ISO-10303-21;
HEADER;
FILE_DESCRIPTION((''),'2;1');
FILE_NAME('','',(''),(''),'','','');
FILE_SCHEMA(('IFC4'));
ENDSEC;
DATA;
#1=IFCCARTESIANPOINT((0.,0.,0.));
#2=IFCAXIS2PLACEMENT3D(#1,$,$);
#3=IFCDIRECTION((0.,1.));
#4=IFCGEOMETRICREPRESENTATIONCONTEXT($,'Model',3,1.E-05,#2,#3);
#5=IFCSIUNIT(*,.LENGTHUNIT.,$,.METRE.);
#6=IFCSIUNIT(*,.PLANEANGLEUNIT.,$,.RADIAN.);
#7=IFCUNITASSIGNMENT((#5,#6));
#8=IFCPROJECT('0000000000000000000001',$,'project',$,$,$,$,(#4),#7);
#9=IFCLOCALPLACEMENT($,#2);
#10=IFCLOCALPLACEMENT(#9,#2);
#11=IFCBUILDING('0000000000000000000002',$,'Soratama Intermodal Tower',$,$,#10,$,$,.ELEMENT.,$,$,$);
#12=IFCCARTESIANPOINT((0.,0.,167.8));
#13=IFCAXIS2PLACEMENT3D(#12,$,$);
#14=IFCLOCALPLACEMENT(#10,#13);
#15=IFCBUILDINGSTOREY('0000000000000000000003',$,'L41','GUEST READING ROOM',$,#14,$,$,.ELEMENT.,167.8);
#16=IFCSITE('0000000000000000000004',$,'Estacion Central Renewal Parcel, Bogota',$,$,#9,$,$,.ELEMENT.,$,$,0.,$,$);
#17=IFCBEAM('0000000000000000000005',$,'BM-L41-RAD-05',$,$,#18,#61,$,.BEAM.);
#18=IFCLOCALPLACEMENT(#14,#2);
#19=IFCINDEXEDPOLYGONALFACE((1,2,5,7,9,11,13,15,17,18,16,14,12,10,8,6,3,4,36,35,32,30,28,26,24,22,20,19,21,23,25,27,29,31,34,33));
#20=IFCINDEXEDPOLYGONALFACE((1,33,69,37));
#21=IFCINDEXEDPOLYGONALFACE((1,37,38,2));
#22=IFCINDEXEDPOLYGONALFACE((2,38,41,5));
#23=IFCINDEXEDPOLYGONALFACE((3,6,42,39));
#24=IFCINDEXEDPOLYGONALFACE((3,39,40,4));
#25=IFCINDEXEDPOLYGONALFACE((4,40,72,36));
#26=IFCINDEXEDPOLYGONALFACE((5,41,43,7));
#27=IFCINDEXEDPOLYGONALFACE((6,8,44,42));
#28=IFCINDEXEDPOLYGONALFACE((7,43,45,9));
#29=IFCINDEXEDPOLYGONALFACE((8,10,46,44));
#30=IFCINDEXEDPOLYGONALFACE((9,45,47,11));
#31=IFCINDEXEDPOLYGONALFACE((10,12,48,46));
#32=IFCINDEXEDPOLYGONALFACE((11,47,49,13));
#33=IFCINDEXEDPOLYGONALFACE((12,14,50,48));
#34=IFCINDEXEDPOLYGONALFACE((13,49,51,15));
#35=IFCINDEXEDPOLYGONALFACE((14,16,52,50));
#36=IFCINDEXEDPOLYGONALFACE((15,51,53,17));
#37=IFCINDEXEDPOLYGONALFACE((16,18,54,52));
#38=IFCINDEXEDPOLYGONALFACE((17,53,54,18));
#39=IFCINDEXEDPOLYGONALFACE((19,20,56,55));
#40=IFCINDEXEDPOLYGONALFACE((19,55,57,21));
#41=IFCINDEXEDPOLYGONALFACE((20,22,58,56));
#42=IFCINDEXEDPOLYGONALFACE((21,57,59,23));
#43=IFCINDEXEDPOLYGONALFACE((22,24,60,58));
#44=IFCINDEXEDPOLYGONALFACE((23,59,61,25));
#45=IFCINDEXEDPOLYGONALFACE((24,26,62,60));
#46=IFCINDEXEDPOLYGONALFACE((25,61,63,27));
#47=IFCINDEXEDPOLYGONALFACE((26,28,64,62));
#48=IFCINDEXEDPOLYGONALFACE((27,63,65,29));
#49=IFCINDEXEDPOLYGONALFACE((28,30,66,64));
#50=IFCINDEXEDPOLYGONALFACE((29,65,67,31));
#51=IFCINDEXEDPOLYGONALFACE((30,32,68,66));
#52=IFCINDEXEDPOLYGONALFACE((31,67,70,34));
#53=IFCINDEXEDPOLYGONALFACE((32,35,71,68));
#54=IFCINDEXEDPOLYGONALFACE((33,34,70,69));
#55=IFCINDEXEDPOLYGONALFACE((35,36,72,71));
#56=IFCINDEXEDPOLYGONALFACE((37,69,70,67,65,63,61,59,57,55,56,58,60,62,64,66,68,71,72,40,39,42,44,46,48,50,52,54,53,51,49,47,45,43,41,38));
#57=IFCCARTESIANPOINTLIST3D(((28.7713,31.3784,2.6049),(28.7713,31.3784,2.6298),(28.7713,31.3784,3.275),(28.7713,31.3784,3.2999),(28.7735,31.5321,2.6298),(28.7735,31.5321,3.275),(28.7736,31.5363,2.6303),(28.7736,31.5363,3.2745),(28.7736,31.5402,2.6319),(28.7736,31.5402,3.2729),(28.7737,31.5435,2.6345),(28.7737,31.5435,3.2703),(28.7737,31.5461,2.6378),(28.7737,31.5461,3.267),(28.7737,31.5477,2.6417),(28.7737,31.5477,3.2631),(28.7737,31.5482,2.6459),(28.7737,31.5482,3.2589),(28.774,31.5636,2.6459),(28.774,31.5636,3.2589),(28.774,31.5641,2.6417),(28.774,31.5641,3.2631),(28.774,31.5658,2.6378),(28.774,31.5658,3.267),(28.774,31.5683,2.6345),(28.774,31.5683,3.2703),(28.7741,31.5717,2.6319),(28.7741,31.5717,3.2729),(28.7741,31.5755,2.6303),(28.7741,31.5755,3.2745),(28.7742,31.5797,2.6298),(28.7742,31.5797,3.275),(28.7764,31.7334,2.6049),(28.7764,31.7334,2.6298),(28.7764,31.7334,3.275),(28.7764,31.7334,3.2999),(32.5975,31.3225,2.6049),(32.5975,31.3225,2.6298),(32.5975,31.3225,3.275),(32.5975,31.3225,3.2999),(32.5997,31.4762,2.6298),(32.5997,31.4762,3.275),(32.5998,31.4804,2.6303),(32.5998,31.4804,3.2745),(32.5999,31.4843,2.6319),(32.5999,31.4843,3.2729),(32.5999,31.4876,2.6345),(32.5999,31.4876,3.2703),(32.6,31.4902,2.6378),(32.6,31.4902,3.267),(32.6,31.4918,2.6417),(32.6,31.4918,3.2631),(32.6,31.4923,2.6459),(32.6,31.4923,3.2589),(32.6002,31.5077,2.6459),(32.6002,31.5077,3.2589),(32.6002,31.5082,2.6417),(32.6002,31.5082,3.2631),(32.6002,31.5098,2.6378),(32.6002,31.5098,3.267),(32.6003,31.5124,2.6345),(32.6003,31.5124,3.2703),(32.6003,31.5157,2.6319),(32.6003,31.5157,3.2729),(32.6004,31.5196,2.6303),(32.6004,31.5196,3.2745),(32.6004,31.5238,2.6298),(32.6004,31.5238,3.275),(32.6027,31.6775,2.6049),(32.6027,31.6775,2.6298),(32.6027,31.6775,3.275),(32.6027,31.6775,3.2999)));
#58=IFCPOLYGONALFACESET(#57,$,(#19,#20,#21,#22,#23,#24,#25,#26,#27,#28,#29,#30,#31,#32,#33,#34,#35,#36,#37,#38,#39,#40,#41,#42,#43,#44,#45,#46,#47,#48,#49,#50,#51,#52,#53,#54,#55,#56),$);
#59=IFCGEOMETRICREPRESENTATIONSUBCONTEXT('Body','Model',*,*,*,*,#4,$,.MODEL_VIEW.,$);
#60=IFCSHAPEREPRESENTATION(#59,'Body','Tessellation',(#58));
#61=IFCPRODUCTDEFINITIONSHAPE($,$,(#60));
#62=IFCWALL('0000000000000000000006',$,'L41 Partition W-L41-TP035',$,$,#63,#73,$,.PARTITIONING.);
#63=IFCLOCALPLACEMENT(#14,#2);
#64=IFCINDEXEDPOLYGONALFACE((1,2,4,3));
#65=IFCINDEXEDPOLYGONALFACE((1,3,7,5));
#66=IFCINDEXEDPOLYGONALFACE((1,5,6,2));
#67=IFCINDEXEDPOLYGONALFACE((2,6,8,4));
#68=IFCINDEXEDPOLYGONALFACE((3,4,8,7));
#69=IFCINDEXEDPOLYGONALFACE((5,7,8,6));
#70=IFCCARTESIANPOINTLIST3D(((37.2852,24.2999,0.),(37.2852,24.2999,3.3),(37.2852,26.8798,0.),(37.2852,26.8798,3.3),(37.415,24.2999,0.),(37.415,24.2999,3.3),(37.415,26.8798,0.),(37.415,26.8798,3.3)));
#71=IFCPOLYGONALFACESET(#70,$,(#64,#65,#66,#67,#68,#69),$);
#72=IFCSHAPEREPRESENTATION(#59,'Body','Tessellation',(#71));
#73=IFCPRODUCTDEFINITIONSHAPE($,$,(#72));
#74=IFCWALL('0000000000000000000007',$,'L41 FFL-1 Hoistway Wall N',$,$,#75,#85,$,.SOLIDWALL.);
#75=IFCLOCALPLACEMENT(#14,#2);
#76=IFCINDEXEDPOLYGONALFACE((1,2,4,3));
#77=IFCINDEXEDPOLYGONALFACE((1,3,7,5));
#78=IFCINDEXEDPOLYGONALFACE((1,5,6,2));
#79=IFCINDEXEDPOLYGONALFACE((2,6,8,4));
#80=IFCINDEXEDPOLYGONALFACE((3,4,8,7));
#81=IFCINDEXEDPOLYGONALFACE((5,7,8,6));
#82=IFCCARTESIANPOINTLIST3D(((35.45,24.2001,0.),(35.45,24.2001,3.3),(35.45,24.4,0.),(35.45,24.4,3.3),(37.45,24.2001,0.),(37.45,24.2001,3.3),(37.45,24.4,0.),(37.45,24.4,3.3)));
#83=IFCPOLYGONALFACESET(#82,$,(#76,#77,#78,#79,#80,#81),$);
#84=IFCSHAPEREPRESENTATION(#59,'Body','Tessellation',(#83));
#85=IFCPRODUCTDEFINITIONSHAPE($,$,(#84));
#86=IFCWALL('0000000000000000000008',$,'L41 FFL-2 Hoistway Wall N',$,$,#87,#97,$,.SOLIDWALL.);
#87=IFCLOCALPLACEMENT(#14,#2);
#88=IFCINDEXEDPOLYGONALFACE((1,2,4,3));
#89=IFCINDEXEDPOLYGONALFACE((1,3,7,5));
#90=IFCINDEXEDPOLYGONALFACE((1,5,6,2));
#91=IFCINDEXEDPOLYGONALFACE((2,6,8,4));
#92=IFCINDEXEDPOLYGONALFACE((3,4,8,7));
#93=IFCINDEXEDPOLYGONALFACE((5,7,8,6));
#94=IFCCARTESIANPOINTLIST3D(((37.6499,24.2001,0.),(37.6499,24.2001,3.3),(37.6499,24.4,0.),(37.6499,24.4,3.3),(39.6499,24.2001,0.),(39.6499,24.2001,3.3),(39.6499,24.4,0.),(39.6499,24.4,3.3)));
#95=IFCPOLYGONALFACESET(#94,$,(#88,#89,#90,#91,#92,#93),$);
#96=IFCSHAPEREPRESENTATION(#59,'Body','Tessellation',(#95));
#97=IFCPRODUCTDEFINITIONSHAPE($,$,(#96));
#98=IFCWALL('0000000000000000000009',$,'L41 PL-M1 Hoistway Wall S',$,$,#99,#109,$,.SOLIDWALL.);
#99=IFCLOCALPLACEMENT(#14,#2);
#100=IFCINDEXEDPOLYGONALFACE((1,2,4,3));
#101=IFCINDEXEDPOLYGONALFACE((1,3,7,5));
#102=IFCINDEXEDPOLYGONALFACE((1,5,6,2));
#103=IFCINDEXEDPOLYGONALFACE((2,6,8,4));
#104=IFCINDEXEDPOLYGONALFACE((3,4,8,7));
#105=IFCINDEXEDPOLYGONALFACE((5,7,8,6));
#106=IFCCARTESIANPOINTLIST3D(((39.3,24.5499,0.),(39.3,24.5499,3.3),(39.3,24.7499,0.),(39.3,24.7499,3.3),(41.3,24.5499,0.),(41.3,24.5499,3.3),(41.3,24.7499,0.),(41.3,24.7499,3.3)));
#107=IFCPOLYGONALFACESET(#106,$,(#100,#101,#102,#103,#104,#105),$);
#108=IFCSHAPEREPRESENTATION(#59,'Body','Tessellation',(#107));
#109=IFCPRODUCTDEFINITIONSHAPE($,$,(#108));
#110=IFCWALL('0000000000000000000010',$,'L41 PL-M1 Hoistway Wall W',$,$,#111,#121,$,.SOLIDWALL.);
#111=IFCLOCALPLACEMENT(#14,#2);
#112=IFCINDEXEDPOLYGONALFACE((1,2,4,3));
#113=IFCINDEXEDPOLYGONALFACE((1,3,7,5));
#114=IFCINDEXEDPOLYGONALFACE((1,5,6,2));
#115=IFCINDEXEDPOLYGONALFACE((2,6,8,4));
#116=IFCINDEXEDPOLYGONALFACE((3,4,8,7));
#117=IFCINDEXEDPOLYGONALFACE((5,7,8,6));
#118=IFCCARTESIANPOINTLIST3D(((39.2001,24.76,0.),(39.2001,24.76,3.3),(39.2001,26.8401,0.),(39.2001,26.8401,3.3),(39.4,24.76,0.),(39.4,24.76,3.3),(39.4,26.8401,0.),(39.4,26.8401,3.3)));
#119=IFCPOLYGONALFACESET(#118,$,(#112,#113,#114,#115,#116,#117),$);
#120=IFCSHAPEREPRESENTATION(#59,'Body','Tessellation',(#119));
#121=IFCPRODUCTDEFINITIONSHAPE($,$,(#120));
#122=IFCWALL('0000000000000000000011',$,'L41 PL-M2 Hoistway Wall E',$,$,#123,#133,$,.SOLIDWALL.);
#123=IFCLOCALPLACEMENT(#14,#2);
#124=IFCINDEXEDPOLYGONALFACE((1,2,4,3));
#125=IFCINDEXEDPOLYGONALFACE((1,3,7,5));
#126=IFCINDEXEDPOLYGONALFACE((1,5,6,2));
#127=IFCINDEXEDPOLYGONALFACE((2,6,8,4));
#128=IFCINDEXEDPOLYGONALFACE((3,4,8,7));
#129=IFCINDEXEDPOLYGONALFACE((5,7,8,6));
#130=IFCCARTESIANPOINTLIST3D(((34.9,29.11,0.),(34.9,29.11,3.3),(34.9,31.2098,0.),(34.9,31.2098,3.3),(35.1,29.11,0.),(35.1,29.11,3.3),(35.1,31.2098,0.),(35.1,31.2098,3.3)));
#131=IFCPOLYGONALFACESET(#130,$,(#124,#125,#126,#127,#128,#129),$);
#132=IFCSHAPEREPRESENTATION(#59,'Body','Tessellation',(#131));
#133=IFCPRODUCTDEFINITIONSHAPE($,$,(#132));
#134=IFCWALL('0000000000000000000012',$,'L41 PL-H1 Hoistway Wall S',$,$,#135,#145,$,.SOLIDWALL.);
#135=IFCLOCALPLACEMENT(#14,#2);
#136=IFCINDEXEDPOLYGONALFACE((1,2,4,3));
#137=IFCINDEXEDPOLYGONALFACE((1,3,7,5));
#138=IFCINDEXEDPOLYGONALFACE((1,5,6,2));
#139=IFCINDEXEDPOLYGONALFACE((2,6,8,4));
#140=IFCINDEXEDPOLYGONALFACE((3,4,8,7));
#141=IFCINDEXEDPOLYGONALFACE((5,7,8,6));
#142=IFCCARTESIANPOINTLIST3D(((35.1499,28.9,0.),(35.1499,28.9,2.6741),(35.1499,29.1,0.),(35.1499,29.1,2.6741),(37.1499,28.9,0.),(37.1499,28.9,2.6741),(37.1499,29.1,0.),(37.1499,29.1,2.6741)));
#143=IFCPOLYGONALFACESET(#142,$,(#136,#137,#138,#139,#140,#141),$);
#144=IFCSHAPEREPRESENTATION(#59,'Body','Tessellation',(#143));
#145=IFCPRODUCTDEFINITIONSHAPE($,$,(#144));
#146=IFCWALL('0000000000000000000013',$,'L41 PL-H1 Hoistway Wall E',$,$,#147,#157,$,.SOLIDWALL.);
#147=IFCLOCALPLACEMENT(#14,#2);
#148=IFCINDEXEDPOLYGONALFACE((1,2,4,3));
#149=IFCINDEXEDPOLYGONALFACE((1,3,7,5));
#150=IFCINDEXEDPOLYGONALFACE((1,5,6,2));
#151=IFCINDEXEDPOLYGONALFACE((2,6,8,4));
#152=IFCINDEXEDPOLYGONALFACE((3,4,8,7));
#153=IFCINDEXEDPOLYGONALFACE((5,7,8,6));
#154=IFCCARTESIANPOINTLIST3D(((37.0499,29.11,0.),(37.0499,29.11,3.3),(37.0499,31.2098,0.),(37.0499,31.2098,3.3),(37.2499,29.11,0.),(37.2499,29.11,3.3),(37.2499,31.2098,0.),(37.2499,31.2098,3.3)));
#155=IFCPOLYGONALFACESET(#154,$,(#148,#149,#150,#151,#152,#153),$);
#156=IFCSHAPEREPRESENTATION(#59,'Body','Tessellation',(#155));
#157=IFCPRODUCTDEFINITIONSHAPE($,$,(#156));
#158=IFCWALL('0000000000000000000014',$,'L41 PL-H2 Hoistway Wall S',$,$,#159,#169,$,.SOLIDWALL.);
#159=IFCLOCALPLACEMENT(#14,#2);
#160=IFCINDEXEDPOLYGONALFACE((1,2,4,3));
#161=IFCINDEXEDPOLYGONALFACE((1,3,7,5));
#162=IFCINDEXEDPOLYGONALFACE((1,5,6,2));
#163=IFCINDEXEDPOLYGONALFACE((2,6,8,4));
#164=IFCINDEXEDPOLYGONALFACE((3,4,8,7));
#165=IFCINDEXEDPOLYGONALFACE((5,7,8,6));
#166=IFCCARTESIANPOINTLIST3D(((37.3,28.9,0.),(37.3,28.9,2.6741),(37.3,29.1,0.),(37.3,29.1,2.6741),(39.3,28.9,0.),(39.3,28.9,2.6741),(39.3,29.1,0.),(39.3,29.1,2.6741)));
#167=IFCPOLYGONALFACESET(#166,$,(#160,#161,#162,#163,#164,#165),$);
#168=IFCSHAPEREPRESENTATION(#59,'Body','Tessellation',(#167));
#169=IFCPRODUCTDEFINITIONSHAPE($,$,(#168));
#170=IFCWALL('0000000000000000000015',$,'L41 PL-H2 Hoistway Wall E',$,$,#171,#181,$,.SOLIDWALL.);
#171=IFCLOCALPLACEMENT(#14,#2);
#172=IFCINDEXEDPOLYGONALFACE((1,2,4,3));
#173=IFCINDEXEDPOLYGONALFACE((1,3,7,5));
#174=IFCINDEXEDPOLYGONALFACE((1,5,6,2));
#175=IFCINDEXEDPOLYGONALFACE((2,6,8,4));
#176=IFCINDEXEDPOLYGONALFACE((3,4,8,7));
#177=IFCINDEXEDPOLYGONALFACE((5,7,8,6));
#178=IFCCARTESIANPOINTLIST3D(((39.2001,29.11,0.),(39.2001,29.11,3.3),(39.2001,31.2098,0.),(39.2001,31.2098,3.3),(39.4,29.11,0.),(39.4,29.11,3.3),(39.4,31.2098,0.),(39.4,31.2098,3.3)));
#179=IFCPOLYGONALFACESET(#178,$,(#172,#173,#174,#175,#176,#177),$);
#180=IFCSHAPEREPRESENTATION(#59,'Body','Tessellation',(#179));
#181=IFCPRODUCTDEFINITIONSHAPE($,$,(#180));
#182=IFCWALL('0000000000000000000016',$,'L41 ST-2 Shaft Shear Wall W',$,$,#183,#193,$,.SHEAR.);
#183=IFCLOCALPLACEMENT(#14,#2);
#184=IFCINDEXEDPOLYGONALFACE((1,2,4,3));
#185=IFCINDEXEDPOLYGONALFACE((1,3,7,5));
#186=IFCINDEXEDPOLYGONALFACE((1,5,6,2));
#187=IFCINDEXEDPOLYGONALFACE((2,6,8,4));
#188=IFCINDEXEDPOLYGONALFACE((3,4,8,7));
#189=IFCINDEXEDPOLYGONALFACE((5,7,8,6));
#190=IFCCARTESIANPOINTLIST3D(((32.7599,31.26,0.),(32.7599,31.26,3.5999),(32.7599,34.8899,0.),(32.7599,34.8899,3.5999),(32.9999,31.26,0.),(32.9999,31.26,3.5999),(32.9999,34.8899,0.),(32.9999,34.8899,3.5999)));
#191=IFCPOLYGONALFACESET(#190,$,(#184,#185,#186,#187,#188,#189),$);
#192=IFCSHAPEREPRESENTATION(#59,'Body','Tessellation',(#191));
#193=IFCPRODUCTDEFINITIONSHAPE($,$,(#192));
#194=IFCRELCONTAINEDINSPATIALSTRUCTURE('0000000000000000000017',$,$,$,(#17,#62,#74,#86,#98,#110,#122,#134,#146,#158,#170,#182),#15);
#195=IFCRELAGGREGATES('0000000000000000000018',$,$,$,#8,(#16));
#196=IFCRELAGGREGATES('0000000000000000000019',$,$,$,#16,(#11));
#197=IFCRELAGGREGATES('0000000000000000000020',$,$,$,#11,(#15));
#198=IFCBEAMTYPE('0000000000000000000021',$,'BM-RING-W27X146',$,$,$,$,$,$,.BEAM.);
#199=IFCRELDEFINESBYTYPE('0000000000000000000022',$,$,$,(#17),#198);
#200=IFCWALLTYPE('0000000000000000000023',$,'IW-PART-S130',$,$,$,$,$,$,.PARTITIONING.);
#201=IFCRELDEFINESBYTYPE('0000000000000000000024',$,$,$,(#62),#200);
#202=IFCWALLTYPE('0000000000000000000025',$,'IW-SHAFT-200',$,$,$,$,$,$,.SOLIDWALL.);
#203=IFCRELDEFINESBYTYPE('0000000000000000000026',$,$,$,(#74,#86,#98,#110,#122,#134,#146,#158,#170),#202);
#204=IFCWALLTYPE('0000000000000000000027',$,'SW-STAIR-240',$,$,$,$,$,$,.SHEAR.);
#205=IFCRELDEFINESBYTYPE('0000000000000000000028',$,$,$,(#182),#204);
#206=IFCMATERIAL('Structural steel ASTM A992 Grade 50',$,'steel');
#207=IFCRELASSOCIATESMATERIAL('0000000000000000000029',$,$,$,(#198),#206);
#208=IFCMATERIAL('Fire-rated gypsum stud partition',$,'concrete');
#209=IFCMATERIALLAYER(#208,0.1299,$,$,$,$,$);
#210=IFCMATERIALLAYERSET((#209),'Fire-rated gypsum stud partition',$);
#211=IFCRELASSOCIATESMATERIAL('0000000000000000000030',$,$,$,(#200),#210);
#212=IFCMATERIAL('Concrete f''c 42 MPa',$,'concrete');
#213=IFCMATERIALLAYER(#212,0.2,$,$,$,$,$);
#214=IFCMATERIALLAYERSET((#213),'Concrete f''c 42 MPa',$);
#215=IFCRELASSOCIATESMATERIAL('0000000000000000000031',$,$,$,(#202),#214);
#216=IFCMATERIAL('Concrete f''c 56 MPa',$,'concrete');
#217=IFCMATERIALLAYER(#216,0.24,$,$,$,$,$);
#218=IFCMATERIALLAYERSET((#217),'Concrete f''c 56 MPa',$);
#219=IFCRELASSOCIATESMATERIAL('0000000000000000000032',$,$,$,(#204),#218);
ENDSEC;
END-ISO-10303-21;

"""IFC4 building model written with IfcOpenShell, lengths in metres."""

from ifc_helpers import new_model, si_unit, direction, frame, frame_2d, origin, origin_2d, place, context, subcontext, project, spatial, rectangle, i_section, extrude, material, layer, layer_set, material_profile, profile_set, type_object, element, save


model = new_model("IFC4")

# Units and contexts
model_context = context("Model", 3, precision=1e-05, world=origin(), true_north=direction((0.0, 1.0)))
body_context = subcontext(model_context, "Body", "Model", "MODEL_VIEW")
ifc_project = project(units=[si_unit("LENGTHUNIT", "METRE"), si_unit("PLANEANGLEUNIT", "RADIAN")], contexts=[model_context])

# Site, building, storey
site_placement = place(None, origin())
site = spatial("IfcSite", under=ifc_project, at=site_placement, Name="Estacion Central Renewal Parcel, Bogota", CompositionType="ELEMENT", RefElevation=0.0)
building_placement = place(site_placement, origin())
building = spatial("IfcBuilding", under=site, at=building_placement, Name="Soratama Intermodal Tower", CompositionType="ELEMENT")
storey_placement = place(building_placement, frame((0.0, 0.0, 167.8)))
storey = spatial("IfcBuildingStorey", under=building, at=storey_placement, Name="L41", Description="GUEST READING ROOM", CompositionType="ELEMENT", Elevation=167.8)

# Beam
ifc_material_1 = material(Name="Structural steel ASTM A992 Grade 50", Category="steel")
ifc_material_profile = material_profile(ifc_material_1, i_section(OverallWidth=0.355, OverallDepth=0.6951, WebThickness=0.0154, FlangeThickness=0.0249, FilletRadius=0.0161, at=origin_2d()), Name="W27X146")
ifc_profile_set = profile_set([ifc_material_profile], Name="Structural steel ASTM A992 Grade 50")
beam_type = type_object("IfcBeamType", Name="BM-RING-W27X146", PredefinedType="BEAM", material=ifc_profile_set)
beam_placement = place(storey_placement, frame((32.6001, 31.5, 2.9524), z_axis=(-0.999893, 0.01461, 0.0), x_axis=(-0.01461, -0.999893, 0.0)))
element("IfcBeam", 1, at=beam_placement, inside=storey, type_object=beam_type, Name="BM-L41-RAD-05", PredefinedType="BEAM", context=body_context, shape_type="SweptSolid", body=[
    extrude(i_section(OverallWidth=0.355, OverallDepth=0.6951, WebThickness=0.0154, FlangeThickness=0.0249, FilletRadius=0.0161, at=origin_2d()), origin(), (0.0, 0.0, 1.0), 3.8267),
])

# Walls
ifc_material_2 = material(Name="Fire-rated gypsum stud partition", Category="concrete")
ifc_layer_1 = layer(ifc_material_2, 0.1299)
ifc_layer_set_1 = layer_set([ifc_layer_1], Name="Fire-rated gypsum stud partition")
wall_type_1 = type_object("IfcWallType", Name="IW-PART-S130", PredefinedType="PARTITIONING", material=ifc_layer_set_1)
wall_1_placement = place(storey_placement, frame((37.3501, 26.8799, 0.0), z_axis=(0.0, 0.0, 1.0), x_axis=(0.0, -1.0, 0.0)))
element("IfcWall", 2, at=wall_1_placement, inside=storey, type_object=wall_type_1, Name="L41 Partition W-L41-TP035", PredefinedType="PARTITIONING", context=body_context, shape_type="SweptSolid", body=[
    extrude(rectangle(XDim=2.5798, YDim=0.1299, at=frame_2d((1.29, 0.0))), origin(), (0.0, 0.0, 1.0), 3.3),
])
ifc_material_3 = material(Name="Concrete f'c 42 MPa", Category="concrete")
ifc_layer_2 = layer(ifc_material_3, 0.2)
ifc_layer_set_2 = layer_set([ifc_layer_2], Name="Concrete f'c 42 MPa")
wall_type_2 = type_object("IfcWallType", Name="IW-SHAFT-200", PredefinedType="SOLIDWALL", material=ifc_layer_set_2)
for number, where, z_axis, x_axis, name in (
    (3, (35.45, 24.3, 0.0), (0.0, 0.0, 1.0), (1.0, 0.0, 0.0), "L41 FFL-1 Hoistway Wall N"),
    (4, (37.6499, 24.3, 0.0), (0.0, 0.0, 1.0), (1.0, 0.0, 0.0), "L41 FFL-2 Hoistway Wall N"),
    (5, (39.3, 24.6499, 0.0), (0.0, 0.0, 1.0), (1.0, 0.0, 0.0), "L41 PL-M1 Hoistway Wall S"),
):
    element("IfcWall", number, at=place(storey_placement, frame(where, z_axis=z_axis, x_axis=x_axis)), inside=storey, type_object=wall_type_2, Name=name, PredefinedType="SOLIDWALL", context=body_context, shape_type="SweptSolid", body=[
        extrude(rectangle(XDim=2.0, YDim=0.2, at=frame_2d((1.0, 0.0))), origin(), (0.0, 0.0, 1.0), 3.3),
    ])

# Wall
wall_2_placement = place(storey_placement, frame((39.3, 24.76, 0.0), z_axis=(0.0, 0.0, 1.0), x_axis=(0.0, 1.0, 0.0)))
element("IfcWall", 6, at=wall_2_placement, inside=storey, type_object=wall_type_2, Name="L41 PL-M1 Hoistway Wall W", PredefinedType="SOLIDWALL", context=body_context, shape_type="SweptSolid", body=[
    extrude(rectangle(XDim=2.0801, YDim=0.2, at=frame_2d((1.04, 0.0))), origin(), (0.0, 0.0, 1.0), 3.3),
])

# Walls
wall_3_placement = place(storey_placement, frame((35.0, 29.1101, 0.0), z_axis=(0.0, 0.0, 1.0), x_axis=(0.0, 1.0, 0.0)))
element("IfcWall", 7, at=wall_3_placement, inside=storey, type_object=wall_type_2, Name="L41 PL-M2 Hoistway Wall E", PredefinedType="SOLIDWALL", context=body_context, shape_type="SweptSolid", body=[
    extrude(rectangle(XDim=2.0999, YDim=0.2, at=frame_2d((1.0498, 0.0))), origin(), (0.0, 0.0, 1.0), 3.3),
])
wall_4_placement = place(storey_placement, frame((35.1499, 29.0, 0.0), z_axis=(0.0, 0.0, 1.0), x_axis=(1.0, 0.0, 0.0)))
element("IfcWall", 8, at=wall_4_placement, inside=storey, type_object=wall_type_2, Name="L41 PL-H1 Hoistway Wall S", PredefinedType="SOLIDWALL", context=body_context, shape_type="SweptSolid", body=[
    extrude(rectangle(XDim=2.0, YDim=0.2, at=frame_2d((1.0, 0.0))), origin(), (0.0, 0.0, 1.0), 2.6741),
])
wall_5_placement = place(storey_placement, frame((37.1499, 29.1101, 0.0), z_axis=(0.0, 0.0, 1.0), x_axis=(0.0, 1.0, 0.0)))
element("IfcWall", 9, at=wall_5_placement, inside=storey, type_object=wall_type_2, Name="L41 PL-H1 Hoistway Wall E", PredefinedType="SOLIDWALL", context=body_context, shape_type="SweptSolid", body=[
    extrude(rectangle(XDim=2.0999, YDim=0.2, at=frame_2d((1.0498, 0.0))), origin(), (0.0, 0.0, 1.0), 3.3),
])
wall_6_placement = place(storey_placement, frame((37.3, 29.0, 0.0), z_axis=(0.0, 0.0, 1.0), x_axis=(1.0, 0.0, 0.0)))
element("IfcWall", 10, at=wall_6_placement, inside=storey, type_object=wall_type_2, Name="L41 PL-H2 Hoistway Wall S", PredefinedType="SOLIDWALL", context=body_context, shape_type="SweptSolid", body=[
    extrude(rectangle(XDim=2.0, YDim=0.2, at=frame_2d((1.0, 0.0))), origin(), (0.0, 0.0, 1.0), 2.6741),
])
wall_7_placement = place(storey_placement, frame((39.3, 29.1101, 0.0), z_axis=(0.0, 0.0, 1.0), x_axis=(0.0, 1.0, 0.0)))
element("IfcWall", 11, at=wall_7_placement, inside=storey, type_object=wall_type_2, Name="L41 PL-H2 Hoistway Wall E", PredefinedType="SOLIDWALL", context=body_context, shape_type="SweptSolid", body=[
    extrude(rectangle(XDim=2.0999, YDim=0.2, at=frame_2d((1.0498, 0.0))), origin(), (0.0, 0.0, 1.0), 3.3),
])
ifc_material_4 = material(Name="Concrete f'c 56 MPa", Category="concrete")
ifc_layer_3 = layer(ifc_material_4, 0.24)
ifc_layer_set_3 = layer_set([ifc_layer_3], Name="Concrete f'c 56 MPa")
wall_type_3 = type_object("IfcWallType", Name="SW-STAIR-240", PredefinedType="SHEAR", material=ifc_layer_set_3)
wall_8_placement = place(storey_placement, frame((32.8799, 31.26, 0.0), z_axis=(0.0, 0.0, 1.0), x_axis=(0.0, 1.0, 0.0)))
element("IfcWall", 12, at=wall_8_placement, inside=storey, type_object=wall_type_3, Name="L41 ST-2 Shaft Shear Wall W", PredefinedType="SHEAR", context=body_context, shape_type="SweptSolid", body=[
    extrude(rectangle(XDim=3.6299, YDim=0.24, at=frame_2d((1.8149, 0.0))), origin(), (0.0, 0.0, 1.0), 3.5999),
])

save(model, "model.ifc")
